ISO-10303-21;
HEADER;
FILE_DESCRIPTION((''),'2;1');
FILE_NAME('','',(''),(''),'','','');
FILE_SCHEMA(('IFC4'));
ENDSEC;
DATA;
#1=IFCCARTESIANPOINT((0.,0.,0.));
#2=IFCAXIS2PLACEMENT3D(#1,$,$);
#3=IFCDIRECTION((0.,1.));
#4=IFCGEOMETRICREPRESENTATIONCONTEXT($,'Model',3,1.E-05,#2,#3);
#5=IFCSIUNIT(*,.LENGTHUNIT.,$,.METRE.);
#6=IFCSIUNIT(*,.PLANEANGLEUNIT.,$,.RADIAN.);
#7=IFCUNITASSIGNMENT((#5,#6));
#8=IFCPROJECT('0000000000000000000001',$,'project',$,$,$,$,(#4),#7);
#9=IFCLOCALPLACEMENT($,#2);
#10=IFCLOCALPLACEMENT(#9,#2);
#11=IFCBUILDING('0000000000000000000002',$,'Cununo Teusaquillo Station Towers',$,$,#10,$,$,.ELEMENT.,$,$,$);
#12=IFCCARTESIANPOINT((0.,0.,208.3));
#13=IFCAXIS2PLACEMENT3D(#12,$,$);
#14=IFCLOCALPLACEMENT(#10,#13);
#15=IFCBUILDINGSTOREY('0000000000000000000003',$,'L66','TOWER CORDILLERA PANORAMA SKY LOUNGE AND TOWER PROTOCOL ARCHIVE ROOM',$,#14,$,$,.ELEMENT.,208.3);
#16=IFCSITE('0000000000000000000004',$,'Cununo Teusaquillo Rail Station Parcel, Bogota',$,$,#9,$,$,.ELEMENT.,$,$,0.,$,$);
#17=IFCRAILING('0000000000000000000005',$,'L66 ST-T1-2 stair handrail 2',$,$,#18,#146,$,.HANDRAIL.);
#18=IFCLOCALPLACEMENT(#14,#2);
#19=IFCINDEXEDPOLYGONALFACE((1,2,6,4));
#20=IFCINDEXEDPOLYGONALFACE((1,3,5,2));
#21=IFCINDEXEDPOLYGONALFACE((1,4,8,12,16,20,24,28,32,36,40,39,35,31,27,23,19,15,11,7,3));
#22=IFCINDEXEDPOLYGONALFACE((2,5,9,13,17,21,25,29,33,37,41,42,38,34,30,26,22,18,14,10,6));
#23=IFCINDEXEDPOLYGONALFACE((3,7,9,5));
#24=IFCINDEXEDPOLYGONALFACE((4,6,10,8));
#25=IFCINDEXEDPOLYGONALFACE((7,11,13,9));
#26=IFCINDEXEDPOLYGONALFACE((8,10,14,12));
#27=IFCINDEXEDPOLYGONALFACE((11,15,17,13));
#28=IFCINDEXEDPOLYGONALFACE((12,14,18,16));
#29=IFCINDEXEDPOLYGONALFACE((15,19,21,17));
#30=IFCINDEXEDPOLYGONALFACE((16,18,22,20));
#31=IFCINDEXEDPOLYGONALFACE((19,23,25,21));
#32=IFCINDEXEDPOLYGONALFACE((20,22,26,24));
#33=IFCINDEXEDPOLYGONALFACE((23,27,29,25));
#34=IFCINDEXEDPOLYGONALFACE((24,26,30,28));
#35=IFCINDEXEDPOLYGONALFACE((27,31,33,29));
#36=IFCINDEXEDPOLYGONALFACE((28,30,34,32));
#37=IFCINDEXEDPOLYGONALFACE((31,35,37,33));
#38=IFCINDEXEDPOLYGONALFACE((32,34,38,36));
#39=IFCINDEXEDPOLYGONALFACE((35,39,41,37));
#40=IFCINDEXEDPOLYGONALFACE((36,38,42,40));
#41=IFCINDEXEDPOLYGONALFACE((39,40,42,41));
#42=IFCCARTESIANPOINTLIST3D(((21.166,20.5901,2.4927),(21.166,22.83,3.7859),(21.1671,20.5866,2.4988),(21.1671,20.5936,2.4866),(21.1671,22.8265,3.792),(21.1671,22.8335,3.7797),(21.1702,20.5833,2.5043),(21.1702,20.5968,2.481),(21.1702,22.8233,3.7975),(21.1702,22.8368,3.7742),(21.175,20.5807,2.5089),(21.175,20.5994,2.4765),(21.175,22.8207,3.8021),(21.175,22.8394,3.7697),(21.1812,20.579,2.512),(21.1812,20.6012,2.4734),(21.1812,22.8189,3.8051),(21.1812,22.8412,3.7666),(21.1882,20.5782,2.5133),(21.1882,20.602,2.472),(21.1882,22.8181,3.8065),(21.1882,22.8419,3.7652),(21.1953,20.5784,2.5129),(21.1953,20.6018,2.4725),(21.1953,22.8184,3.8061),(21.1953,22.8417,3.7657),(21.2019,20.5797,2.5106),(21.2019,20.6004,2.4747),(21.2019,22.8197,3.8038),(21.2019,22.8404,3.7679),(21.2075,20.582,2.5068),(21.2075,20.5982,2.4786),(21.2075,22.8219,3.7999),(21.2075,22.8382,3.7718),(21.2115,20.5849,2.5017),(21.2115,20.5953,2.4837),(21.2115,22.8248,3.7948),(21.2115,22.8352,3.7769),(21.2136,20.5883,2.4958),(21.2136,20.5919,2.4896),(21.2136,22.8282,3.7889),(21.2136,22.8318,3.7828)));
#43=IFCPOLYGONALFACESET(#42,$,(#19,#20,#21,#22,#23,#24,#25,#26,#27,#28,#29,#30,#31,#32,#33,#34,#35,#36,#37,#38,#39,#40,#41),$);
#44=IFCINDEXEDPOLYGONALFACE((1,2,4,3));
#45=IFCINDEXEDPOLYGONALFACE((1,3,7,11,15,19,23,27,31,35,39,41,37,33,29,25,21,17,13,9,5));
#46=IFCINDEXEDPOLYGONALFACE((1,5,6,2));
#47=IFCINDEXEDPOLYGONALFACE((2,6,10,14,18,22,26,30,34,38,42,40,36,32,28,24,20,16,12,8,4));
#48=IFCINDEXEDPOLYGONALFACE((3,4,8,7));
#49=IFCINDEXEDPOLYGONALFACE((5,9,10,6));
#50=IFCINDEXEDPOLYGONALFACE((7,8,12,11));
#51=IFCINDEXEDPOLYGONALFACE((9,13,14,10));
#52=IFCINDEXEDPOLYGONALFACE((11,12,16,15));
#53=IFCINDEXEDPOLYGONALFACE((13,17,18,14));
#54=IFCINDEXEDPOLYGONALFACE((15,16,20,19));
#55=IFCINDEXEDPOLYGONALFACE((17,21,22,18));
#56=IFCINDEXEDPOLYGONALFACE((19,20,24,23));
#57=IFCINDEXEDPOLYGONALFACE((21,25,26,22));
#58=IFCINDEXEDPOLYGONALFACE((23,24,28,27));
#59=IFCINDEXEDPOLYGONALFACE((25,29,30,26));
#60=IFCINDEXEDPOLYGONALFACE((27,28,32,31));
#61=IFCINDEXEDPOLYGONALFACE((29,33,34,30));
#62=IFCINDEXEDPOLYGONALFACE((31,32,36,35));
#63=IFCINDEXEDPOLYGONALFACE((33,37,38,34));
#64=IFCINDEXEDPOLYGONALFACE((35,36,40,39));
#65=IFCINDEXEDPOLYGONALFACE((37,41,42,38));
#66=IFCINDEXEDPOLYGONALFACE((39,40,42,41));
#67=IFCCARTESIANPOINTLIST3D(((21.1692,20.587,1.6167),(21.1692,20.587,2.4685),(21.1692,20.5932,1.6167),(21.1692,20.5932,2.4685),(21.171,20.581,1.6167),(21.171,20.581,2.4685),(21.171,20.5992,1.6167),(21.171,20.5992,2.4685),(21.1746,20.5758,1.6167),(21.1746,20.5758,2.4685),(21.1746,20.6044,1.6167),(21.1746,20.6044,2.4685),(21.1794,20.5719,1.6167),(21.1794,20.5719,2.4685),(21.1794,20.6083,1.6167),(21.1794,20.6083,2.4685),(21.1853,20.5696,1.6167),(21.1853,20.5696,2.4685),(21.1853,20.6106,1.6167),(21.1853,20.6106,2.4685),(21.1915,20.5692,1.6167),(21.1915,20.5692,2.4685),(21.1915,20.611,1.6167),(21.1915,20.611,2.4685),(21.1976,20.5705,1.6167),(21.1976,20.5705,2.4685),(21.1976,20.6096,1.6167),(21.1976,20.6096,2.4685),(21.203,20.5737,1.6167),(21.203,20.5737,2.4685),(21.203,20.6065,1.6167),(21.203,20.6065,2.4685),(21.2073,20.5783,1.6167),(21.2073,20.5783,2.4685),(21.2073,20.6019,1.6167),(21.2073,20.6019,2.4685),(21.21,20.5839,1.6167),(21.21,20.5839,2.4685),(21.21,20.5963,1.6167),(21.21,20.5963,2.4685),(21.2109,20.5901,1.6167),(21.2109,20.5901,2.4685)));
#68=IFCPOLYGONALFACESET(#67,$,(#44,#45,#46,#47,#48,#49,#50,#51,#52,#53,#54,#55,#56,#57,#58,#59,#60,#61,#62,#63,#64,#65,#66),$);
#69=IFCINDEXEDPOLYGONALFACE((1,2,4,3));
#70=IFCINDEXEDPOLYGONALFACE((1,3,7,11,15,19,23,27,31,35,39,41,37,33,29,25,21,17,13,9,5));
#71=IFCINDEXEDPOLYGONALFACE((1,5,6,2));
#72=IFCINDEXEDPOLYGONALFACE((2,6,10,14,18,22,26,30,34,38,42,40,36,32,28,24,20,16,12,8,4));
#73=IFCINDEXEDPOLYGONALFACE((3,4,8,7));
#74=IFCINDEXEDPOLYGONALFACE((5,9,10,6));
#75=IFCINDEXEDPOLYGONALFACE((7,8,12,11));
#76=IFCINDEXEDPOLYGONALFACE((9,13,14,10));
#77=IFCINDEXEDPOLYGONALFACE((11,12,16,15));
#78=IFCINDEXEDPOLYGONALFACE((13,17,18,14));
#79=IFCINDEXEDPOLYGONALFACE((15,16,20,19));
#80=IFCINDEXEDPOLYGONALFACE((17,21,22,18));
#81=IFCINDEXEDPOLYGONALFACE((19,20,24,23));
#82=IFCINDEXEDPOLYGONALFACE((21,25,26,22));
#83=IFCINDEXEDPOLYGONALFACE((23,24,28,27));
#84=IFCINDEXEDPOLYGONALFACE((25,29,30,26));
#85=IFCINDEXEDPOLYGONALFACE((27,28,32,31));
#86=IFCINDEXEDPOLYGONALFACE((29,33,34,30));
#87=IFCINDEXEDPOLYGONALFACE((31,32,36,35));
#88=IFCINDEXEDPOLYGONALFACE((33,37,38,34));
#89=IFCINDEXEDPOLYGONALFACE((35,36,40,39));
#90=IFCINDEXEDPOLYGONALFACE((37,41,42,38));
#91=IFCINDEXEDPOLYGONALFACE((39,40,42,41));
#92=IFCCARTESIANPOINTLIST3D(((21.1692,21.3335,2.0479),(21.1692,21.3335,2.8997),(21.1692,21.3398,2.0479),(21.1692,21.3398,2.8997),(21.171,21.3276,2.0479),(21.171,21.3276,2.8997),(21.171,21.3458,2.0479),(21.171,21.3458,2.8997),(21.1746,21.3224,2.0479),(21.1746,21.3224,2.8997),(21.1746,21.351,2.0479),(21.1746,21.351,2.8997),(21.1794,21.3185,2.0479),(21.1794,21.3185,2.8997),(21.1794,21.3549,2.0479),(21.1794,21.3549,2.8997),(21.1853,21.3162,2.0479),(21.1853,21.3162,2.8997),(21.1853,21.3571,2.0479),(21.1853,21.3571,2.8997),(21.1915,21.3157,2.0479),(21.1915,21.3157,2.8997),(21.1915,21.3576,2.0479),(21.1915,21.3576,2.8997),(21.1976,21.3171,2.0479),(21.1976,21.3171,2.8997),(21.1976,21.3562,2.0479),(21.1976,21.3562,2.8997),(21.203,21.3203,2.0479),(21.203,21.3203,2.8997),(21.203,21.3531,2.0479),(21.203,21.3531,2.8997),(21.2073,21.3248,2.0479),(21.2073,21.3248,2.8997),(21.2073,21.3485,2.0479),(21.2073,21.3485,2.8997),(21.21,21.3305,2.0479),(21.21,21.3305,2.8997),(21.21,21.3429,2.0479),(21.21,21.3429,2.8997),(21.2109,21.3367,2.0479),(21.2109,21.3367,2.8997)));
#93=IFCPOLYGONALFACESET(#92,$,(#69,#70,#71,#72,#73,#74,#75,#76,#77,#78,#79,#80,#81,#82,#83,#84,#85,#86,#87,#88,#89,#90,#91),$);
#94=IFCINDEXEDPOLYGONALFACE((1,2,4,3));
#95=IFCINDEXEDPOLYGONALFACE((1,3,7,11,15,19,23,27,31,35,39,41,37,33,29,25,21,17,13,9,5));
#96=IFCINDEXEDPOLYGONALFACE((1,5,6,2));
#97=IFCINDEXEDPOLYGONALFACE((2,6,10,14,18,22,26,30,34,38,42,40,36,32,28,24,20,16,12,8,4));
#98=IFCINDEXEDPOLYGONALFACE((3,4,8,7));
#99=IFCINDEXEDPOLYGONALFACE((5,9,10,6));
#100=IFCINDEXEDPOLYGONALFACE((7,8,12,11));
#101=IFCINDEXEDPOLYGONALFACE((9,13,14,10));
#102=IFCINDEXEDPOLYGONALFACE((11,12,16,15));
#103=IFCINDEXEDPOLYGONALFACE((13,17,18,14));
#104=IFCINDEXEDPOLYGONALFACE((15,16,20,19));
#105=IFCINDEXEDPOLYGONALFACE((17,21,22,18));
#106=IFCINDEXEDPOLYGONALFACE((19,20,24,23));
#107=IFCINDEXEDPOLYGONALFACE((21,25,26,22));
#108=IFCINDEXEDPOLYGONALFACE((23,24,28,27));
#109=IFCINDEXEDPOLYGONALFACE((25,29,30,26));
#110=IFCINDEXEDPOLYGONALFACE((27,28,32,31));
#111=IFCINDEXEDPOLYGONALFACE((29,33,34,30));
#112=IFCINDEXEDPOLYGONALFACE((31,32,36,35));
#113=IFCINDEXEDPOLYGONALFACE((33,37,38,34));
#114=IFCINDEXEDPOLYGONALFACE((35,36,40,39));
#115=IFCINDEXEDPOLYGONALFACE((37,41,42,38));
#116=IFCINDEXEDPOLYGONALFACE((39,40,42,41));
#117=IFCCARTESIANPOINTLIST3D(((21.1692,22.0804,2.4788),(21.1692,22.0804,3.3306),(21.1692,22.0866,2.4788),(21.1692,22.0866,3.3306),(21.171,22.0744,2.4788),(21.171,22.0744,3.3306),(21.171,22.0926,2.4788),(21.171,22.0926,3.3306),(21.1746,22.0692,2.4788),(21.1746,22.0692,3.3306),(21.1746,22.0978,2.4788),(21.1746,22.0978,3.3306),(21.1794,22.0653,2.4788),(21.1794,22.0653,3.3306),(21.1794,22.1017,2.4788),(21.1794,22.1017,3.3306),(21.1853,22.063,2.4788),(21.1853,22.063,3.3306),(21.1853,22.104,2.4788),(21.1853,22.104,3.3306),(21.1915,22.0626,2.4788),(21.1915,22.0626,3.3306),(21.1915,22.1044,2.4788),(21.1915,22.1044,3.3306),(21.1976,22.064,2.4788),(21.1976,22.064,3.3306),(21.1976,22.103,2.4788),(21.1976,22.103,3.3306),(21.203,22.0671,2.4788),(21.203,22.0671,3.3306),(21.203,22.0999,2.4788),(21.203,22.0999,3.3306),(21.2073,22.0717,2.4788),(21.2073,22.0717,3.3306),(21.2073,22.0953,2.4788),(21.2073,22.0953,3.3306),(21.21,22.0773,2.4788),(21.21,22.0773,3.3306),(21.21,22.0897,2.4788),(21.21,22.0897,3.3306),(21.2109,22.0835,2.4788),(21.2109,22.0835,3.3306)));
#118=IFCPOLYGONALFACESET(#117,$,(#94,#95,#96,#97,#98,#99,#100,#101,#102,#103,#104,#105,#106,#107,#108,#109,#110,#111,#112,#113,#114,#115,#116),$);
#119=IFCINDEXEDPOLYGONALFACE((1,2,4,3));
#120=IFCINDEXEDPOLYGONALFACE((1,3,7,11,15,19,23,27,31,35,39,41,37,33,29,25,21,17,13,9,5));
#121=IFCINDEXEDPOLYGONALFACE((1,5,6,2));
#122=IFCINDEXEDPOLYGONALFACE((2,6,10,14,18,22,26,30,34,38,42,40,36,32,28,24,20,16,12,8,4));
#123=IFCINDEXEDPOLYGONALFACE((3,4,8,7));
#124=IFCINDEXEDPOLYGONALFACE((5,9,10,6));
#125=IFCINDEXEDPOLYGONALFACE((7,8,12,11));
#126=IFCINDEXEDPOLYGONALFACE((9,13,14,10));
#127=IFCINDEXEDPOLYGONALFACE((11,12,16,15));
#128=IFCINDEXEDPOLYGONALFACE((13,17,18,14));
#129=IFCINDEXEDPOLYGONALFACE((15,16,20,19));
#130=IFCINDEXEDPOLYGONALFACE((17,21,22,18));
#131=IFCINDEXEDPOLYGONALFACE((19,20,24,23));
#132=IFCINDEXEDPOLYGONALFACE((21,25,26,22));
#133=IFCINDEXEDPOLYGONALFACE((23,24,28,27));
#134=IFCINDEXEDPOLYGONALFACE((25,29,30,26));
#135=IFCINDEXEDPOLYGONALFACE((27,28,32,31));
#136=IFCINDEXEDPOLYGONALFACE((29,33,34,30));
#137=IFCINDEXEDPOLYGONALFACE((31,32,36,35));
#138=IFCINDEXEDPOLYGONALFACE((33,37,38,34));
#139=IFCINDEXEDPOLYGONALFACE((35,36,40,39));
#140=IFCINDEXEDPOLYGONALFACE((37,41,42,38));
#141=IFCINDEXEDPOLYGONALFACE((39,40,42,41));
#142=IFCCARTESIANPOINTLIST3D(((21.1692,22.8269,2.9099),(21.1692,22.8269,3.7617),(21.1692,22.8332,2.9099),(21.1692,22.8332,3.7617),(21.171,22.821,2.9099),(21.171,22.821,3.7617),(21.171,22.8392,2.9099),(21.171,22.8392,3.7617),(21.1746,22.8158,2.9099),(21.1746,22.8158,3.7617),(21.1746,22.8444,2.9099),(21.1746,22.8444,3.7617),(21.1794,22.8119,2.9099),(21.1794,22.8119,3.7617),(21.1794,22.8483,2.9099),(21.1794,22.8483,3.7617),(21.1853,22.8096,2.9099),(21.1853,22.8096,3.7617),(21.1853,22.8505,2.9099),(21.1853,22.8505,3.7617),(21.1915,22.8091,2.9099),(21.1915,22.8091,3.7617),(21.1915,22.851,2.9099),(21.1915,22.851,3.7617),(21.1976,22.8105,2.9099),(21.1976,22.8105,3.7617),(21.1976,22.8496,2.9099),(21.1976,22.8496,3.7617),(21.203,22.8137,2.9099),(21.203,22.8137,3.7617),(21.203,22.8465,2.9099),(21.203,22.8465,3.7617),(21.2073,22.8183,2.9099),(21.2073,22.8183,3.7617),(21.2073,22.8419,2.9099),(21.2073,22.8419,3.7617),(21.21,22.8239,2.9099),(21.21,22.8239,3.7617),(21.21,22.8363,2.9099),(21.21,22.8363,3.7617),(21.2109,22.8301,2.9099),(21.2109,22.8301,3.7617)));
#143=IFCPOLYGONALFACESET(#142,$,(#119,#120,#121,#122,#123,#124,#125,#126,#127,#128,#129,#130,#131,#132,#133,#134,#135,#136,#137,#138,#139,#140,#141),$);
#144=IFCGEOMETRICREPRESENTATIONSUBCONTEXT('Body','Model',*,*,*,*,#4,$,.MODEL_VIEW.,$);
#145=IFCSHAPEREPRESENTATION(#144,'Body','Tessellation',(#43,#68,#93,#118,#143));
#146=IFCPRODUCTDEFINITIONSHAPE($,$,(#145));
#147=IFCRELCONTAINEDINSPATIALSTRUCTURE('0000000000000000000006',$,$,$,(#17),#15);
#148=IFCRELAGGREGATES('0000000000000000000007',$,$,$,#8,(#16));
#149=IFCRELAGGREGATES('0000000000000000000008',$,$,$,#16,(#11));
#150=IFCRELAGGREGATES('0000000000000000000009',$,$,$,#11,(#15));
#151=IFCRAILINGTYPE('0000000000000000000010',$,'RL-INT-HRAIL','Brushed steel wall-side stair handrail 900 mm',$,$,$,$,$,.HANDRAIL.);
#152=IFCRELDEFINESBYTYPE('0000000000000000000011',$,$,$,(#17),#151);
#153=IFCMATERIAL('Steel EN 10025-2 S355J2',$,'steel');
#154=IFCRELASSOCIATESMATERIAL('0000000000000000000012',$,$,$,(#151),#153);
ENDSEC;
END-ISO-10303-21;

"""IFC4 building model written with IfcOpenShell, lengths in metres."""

from ifc_helpers import new_model, si_unit, direction, frame, origin, origin_2d, place, context, subcontext, project, spatial, circle, extrude, material, type_object, element, save


model = new_model("IFC4")

# Units and contexts
model_context = context("Model", 3, precision=1e-05, world=origin(), true_north=direction((0.0, 1.0)))
body_context = subcontext(model_context, "Body", "Model", "MODEL_VIEW")
ifc_project = project(units=[si_unit("LENGTHUNIT", "METRE"), si_unit("PLANEANGLEUNIT", "RADIAN")], contexts=[model_context])

# Site, building, storey
site_placement = place(None, origin())
site = spatial("IfcSite", under=ifc_project, at=site_placement, Name="Cununo Teusaquillo Rail Station Parcel, Bogota", CompositionType="ELEMENT", RefElevation=0.0)
building_placement = place(site_placement, origin())
building = spatial("IfcBuilding", under=site, at=building_placement, Name="Cununo Teusaquillo Station Towers", CompositionType="ELEMENT")
storey_placement = place(building_placement, frame((0.0, 0.0, 208.3)))
storey = spatial("IfcBuildingStorey", under=building, at=storey_placement, Name="L66", Description="TOWER CORDILLERA PANORAMA SKY LOUNGE AND TOWER PROTOCOL ARCHIVE ROOM", CompositionType="ELEMENT", Elevation=208.3)

# Railing
ifc_material_1 = material(Name="Steel EN 10025-2 S355J2", Category="steel")
railing_type_1 = type_object("IfcRailingType", Name="RL-INT-HRAIL", Description="Brushed steel wall-side stair handrail 900 mm", PredefinedType="HANDRAIL", material=ifc_material_1)
railing_1_placement = place(storey_placement, frame((21.1899, 20.5901, 1.6167)))
element("IfcRailing", 1, at=railing_1_placement, inside=storey, type_object=railing_type_1, Name="L66 ST-T1-2 stair handrail 2", PredefinedType="HANDRAIL", context=body_context, shape_type="SweptSolid", body=[
    extrude(circle(Radius=0.0239, at=origin_2d()), frame((0.0, 0.0, 0.876), z_axis=(0.0, 0.866033, 0.499987), x_axis=(-1.0, 0.0, 0.0)), (0.0, 0.0, 1.0), 2.5864),
    extrude(circle(Radius=0.021, at=origin_2d()), origin(), (0.0, 0.0, 1.0), 0.8518),
    extrude(circle(Radius=0.021, at=origin_2d()), frame((0.0, 0.7466, 0.4312)), (0.0, 0.0, 1.0), 0.8518),
    extrude(circle(Radius=0.021, at=origin_2d()), frame((0.0, 1.4934, 0.8621)), (0.0, 0.0, 1.0), 0.8518),
    extrude(circle(Radius=0.021, at=origin_2d()), frame((0.0, 2.24, 1.2932)), (0.0, 0.0, 1.0), 0.8518),
])

save(model, "model.ifc")
